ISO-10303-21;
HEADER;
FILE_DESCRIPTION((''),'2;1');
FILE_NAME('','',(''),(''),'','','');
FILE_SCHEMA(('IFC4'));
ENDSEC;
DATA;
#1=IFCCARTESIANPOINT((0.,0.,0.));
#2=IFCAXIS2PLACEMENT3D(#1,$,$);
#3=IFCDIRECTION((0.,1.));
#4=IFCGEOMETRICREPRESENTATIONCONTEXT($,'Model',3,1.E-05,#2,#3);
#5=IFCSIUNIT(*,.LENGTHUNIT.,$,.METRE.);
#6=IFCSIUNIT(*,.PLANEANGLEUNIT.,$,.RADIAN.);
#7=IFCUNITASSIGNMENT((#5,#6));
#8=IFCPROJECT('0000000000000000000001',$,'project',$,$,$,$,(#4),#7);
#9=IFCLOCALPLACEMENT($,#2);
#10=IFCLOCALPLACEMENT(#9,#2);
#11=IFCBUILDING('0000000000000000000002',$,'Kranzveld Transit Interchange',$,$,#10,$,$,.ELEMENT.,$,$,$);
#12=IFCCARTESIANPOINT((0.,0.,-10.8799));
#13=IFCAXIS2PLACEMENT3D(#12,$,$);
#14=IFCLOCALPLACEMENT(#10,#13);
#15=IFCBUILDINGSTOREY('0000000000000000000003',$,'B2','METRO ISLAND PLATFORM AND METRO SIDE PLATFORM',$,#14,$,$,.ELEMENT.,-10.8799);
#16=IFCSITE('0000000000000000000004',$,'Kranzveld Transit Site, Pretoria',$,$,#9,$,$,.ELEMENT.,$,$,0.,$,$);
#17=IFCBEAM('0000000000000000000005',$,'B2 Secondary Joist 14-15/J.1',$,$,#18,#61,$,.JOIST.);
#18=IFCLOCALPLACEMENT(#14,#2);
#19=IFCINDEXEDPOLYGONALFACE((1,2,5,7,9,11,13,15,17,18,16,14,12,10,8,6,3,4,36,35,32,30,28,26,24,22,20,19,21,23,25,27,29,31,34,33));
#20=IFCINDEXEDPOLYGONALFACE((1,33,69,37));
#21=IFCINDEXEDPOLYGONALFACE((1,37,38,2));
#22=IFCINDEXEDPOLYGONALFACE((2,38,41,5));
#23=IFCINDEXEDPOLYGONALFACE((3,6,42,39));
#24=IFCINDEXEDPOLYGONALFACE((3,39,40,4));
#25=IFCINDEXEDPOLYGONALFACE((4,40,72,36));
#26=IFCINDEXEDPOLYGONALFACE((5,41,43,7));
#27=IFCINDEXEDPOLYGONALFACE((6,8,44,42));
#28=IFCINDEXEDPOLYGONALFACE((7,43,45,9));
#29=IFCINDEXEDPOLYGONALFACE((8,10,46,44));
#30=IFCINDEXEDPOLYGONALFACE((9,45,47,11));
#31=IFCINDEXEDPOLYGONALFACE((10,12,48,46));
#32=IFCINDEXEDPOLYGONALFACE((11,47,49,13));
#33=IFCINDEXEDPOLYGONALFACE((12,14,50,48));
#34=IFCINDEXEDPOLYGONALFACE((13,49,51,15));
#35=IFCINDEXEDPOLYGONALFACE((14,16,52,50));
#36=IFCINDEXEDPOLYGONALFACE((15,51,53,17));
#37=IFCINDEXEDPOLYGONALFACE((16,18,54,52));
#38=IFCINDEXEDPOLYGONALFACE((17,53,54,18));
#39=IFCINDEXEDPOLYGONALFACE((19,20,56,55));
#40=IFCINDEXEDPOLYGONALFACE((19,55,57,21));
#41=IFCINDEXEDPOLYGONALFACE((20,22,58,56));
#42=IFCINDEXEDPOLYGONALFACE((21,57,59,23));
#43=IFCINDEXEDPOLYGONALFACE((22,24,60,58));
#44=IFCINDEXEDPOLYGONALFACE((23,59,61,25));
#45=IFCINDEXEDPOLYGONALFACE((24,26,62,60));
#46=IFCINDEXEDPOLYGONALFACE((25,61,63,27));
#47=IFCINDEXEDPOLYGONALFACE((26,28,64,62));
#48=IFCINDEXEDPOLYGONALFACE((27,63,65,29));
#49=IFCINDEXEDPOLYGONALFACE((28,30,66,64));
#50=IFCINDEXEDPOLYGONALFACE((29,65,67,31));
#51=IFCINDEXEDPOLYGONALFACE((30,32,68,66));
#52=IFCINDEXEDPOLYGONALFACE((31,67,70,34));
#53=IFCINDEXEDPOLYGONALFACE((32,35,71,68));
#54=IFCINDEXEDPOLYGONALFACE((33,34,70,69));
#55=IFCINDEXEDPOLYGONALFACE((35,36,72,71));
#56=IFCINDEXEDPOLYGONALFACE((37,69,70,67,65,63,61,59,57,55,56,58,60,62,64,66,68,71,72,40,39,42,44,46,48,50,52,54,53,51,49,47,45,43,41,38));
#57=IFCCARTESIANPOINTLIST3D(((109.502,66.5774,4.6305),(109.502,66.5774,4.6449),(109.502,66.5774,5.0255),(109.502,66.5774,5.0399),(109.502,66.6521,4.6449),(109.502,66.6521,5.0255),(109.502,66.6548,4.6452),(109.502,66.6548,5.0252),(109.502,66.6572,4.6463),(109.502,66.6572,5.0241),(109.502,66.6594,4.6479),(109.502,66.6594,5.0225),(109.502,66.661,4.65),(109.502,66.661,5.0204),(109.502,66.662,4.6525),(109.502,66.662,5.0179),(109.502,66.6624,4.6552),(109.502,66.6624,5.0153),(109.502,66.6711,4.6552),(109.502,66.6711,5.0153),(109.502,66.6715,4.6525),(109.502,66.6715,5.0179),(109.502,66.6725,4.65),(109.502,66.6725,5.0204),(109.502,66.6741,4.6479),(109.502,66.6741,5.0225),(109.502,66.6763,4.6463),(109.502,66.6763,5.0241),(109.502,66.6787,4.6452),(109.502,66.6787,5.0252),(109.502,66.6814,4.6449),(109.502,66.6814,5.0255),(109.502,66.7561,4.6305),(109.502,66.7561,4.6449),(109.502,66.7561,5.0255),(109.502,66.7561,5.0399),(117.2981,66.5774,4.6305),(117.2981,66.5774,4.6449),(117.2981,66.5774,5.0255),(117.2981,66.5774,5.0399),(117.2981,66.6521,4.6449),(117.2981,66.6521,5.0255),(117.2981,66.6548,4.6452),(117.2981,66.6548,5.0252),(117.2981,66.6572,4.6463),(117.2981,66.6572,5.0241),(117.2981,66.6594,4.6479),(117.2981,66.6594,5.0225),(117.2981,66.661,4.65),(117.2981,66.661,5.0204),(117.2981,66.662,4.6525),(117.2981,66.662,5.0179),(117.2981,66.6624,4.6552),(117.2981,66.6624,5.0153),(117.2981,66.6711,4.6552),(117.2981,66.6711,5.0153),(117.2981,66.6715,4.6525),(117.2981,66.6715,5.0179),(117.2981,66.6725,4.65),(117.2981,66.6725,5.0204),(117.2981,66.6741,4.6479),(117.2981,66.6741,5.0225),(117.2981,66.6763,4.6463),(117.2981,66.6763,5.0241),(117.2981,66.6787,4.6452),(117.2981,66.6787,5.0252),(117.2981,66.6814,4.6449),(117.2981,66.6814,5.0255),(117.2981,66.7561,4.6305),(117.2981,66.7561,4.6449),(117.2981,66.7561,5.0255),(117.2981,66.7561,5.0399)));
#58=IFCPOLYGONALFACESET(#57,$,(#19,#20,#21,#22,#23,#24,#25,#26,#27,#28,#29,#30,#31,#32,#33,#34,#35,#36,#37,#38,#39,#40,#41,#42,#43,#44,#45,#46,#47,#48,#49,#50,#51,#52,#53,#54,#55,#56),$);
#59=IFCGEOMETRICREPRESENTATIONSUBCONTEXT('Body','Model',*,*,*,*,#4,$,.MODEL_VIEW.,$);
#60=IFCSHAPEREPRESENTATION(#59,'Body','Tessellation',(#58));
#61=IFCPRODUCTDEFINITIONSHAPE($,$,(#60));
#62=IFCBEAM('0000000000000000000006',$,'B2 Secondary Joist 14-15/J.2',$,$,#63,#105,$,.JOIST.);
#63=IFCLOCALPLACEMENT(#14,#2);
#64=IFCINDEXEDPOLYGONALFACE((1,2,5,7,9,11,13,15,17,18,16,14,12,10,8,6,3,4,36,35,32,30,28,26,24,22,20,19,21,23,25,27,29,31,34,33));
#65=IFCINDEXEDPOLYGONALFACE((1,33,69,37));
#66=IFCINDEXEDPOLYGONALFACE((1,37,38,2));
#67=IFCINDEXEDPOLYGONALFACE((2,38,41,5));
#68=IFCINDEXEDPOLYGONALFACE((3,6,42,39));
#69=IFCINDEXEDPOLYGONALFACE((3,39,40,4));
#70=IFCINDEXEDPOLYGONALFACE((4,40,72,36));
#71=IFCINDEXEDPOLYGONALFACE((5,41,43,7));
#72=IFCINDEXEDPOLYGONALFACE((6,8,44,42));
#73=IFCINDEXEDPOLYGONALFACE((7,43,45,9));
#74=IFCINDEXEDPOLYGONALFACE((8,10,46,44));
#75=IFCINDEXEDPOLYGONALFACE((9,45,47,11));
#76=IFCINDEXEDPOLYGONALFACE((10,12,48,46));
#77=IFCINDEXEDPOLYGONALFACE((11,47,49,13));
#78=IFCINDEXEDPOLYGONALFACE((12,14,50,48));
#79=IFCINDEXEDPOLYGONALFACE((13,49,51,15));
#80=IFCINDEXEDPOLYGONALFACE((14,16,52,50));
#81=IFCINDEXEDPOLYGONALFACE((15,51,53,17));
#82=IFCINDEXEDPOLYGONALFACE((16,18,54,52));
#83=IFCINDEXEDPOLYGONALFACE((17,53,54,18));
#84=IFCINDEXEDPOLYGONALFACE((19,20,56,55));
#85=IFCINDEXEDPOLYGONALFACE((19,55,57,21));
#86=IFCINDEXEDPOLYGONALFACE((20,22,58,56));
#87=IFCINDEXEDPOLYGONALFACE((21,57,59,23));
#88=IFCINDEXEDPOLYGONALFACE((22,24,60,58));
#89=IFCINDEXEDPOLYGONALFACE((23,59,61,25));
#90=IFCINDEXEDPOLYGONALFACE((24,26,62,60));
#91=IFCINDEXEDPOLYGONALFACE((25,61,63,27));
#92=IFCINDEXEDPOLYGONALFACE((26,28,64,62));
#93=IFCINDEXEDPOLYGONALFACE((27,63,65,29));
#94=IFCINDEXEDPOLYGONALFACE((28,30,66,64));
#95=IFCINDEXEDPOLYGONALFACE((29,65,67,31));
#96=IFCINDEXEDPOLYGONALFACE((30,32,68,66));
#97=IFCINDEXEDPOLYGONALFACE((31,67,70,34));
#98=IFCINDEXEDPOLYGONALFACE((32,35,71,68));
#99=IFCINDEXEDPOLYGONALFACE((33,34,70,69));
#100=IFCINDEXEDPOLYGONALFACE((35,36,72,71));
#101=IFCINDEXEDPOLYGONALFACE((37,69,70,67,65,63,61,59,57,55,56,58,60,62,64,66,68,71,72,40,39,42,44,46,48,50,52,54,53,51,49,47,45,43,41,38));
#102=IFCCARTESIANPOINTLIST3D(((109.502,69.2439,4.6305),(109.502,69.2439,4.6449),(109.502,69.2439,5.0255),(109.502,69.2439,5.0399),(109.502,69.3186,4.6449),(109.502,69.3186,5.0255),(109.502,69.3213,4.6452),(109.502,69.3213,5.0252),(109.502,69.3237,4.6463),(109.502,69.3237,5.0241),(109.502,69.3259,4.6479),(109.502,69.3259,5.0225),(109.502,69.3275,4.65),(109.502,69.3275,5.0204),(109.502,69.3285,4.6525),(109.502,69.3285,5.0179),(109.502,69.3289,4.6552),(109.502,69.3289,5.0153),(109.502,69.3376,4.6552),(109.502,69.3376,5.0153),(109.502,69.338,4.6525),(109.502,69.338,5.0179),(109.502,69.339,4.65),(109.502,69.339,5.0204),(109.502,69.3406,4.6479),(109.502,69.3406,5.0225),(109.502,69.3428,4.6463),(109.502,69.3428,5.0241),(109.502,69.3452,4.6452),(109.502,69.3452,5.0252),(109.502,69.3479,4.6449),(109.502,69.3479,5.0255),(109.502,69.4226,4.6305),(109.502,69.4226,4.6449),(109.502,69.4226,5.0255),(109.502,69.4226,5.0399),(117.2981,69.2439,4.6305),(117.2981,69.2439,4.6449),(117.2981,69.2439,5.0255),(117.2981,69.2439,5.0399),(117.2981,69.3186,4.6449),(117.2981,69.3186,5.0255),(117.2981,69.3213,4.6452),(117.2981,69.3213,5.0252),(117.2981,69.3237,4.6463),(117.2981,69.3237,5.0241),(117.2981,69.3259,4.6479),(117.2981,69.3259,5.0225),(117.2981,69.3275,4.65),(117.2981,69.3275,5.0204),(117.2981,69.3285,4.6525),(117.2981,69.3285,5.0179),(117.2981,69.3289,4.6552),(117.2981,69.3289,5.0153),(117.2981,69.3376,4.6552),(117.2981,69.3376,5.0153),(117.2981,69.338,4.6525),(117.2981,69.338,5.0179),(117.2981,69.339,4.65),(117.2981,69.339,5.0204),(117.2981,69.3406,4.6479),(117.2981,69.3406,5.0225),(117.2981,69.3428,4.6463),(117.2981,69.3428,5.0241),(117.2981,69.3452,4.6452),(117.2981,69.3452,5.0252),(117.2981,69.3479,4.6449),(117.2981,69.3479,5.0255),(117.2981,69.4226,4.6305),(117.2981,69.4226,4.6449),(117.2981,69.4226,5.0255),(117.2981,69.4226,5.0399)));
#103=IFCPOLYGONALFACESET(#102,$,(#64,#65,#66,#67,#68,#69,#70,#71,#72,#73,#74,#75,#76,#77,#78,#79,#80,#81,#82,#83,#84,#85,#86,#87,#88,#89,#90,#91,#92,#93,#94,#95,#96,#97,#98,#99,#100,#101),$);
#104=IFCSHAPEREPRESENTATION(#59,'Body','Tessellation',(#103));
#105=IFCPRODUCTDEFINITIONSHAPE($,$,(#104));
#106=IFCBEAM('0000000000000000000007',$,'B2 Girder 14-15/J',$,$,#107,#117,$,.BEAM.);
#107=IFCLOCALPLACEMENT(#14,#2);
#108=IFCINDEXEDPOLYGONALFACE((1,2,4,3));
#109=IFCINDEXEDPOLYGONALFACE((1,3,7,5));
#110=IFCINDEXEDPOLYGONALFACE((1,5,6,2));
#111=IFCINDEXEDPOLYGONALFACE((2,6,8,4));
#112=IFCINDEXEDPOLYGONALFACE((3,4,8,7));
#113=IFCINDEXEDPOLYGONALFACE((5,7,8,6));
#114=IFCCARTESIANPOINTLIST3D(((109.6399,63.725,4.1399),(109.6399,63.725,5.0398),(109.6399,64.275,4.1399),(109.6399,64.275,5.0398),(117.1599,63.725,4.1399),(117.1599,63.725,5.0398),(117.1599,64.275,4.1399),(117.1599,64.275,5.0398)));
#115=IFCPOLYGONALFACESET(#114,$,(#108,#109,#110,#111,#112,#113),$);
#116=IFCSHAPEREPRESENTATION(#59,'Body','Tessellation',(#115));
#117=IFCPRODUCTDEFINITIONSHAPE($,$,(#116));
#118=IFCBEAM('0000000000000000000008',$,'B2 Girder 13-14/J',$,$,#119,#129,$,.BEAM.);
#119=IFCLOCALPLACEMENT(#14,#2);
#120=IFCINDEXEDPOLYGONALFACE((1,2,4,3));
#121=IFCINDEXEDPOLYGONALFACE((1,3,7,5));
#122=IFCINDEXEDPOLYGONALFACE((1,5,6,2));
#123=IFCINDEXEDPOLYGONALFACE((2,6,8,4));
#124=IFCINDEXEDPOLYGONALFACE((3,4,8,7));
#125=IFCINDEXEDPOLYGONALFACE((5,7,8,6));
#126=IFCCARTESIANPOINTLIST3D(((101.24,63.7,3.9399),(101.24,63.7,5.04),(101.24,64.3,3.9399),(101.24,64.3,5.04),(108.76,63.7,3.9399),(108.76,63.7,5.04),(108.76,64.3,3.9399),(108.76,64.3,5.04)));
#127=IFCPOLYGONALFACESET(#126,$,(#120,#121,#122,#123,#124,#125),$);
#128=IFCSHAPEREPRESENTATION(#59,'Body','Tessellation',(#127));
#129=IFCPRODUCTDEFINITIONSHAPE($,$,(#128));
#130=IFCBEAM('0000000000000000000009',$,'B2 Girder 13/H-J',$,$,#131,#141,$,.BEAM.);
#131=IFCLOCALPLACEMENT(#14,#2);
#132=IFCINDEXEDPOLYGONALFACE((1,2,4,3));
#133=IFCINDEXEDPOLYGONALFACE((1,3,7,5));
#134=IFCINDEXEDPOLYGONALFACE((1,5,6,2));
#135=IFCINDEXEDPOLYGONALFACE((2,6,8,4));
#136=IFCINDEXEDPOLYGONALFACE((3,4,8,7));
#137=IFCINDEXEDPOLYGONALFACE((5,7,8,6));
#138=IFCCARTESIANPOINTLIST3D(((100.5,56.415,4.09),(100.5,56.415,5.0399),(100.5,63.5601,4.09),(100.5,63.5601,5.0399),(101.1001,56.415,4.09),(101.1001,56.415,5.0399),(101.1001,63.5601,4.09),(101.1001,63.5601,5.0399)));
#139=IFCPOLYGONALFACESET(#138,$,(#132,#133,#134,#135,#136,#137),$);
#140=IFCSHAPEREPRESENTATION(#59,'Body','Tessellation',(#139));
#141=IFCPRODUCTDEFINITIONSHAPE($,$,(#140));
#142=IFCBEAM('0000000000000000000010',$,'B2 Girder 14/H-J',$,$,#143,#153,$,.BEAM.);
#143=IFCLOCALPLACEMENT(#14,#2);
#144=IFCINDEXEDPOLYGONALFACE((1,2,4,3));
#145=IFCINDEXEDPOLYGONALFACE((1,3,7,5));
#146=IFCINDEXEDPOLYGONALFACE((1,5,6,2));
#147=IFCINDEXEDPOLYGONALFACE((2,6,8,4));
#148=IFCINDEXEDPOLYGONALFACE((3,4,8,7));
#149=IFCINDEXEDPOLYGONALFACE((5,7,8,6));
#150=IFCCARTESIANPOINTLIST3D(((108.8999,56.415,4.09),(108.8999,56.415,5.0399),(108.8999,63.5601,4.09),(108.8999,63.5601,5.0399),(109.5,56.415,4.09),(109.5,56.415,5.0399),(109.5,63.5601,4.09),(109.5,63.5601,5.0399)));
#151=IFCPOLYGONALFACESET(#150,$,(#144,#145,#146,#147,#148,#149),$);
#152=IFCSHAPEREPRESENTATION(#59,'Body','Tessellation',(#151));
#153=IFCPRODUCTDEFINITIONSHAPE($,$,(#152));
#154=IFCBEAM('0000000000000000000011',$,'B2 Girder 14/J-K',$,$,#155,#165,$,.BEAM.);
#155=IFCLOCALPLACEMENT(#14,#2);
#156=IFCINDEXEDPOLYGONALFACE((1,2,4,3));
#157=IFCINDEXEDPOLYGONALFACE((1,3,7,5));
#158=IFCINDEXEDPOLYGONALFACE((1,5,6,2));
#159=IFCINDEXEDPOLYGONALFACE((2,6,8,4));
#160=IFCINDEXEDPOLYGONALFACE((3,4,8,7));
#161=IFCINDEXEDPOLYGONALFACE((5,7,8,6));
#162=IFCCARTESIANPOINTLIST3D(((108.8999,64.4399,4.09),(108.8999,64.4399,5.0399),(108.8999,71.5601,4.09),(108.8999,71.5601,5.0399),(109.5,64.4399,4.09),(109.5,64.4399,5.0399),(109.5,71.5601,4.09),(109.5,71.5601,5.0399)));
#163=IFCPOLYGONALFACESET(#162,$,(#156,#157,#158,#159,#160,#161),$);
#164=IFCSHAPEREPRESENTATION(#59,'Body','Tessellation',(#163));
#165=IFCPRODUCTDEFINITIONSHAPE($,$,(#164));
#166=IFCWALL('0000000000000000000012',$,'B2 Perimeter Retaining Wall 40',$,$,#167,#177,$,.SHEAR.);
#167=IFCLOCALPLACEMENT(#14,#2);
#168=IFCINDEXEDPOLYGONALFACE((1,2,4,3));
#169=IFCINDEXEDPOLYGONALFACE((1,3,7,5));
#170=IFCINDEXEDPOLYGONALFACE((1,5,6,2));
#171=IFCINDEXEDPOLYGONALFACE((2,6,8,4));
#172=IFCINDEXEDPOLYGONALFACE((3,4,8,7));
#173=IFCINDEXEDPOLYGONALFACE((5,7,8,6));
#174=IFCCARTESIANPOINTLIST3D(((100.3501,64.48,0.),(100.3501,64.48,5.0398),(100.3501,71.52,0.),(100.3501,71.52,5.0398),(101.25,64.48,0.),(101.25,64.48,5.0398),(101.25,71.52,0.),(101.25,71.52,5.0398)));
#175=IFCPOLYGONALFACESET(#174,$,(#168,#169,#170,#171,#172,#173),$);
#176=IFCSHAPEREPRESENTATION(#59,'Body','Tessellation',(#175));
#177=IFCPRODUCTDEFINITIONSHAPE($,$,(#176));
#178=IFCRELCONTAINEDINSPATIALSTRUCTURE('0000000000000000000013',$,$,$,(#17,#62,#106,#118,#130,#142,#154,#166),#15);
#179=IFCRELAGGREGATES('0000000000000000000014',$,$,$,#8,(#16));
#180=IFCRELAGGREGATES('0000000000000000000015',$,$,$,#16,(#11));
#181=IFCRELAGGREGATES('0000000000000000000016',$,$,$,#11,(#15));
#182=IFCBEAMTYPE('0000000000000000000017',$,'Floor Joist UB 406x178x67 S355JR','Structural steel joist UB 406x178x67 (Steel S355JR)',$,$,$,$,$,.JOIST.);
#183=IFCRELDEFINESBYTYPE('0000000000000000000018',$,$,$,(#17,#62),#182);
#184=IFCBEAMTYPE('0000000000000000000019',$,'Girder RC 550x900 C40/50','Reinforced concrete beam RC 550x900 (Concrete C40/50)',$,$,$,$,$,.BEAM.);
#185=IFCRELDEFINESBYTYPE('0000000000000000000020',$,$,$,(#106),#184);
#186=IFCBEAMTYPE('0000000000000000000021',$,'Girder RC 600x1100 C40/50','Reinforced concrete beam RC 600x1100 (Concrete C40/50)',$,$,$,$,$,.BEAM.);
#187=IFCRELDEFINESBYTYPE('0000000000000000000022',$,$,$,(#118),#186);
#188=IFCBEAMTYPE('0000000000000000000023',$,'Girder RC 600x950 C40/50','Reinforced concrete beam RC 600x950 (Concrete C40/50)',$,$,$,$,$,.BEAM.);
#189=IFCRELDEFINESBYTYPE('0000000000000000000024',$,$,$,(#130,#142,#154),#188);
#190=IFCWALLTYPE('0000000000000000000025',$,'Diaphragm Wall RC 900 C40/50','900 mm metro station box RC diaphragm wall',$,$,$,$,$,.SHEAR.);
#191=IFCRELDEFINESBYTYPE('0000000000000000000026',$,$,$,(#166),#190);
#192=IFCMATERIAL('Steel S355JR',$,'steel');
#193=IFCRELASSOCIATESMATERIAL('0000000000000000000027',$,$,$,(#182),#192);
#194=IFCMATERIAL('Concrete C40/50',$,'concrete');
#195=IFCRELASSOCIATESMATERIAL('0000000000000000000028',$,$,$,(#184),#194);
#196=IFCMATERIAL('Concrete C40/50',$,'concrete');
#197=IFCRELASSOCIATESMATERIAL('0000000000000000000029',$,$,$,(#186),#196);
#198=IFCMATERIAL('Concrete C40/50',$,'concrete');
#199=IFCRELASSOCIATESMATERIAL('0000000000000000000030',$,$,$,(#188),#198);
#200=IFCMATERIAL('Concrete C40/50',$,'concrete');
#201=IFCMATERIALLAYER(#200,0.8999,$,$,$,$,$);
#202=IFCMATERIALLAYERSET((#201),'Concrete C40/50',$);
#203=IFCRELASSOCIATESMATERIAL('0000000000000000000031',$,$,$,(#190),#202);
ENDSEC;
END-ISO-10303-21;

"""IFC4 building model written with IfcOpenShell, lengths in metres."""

from ifc_helpers import new_model, si_unit, direction, frame, frame_2d, origin, origin_2d, place, context, subcontext, project, spatial, rectangle, i_section, extrude, material, layer, layer_set, material_profile, profile_set, type_object, element, save


model = new_model("IFC4")

# Units and contexts
model_context = context("Model", 3, precision=1e-05, world=origin(), true_north=direction((0.0, 1.0)))
body_context = subcontext(model_context, "Body", "Model", "MODEL_VIEW")
ifc_project = project(units=[si_unit("LENGTHUNIT", "METRE"), si_unit("PLANEANGLEUNIT", "RADIAN")], contexts=[model_context])

# Site, building, storey
site_placement = place(None, origin())
site = spatial("IfcSite", under=ifc_project, at=site_placement, Name="Kranzveld Transit Site, Pretoria", CompositionType="ELEMENT", RefElevation=0.0)
building_placement = place(site_placement, origin())
building = spatial("IfcBuilding", under=site, at=building_placement, Name="Kranzveld Transit Interchange", CompositionType="ELEMENT")
storey_placement = place(building_placement, frame((0.0, 0.0, -10.8799)))
storey = spatial("IfcBuildingStorey", under=building, at=storey_placement, Name="B2", Description="METRO ISLAND PLATFORM AND METRO SIDE PLATFORM", CompositionType="ELEMENT", Elevation=-10.8799)

# Beams
ifc_material_1 = material(Name="Steel S355JR", Category="steel")
ifc_material_profile_1 = material_profile(ifc_material_1, i_section(OverallWidth=0.1787, OverallDepth=0.4094, WebThickness=0.0088, FlangeThickness=0.0144, FilletRadius=0.0103, at=origin_2d()), Name="UB 406x178x67")
ifc_profile_set_1 = profile_set([ifc_material_profile_1], Name="Steel S355JR")
beam_type_1 = type_object("IfcBeamType", Name="Floor Joist UB 406x178x67 S355JR", Description="Structural steel joist UB 406x178x67 (Steel S355JR)", PredefinedType="JOIST", material=ifc_profile_set_1)
for number, where, z_axis, x_axis, name in (
    (1, (109.502, 66.6667, 4.8352), (1.0, 0.0, 0.0), (0.0, 1.0, 0.0), "B2 Secondary Joist 14-15/J.1"),
    (2, (109.502, 69.3333, 4.8352), (1.0, 0.0, 0.0), (0.0, 1.0, 0.0), "B2 Secondary Joist 14-15/J.2"),
):
    element("IfcBeam", number, at=place(storey_placement, frame(where, z_axis=z_axis, x_axis=x_axis)), inside=storey, type_object=beam_type_1, Name=name, PredefinedType="JOIST", context=body_context, shape_type="SweptSolid", body=[
        extrude(i_section(OverallWidth=0.1787, OverallDepth=0.4094, WebThickness=0.0088, FlangeThickness=0.0144, FilletRadius=0.0103, at=origin_2d()), origin(), (0.0, 0.0, 1.0), 7.7961),
    ])
ifc_material_2 = material(Name="Concrete C40/50", Category="concrete")
ifc_material_profile_2 = material_profile(ifc_material_2, rectangle(XDim=0.55, YDim=0.8999, at=origin_2d()), Name="RC 550x900")
ifc_profile_set_2 = profile_set([ifc_material_profile_2], Name="Concrete C40/50")
beam_type_2 = type_object("IfcBeamType", Name="Girder RC 550x900 C40/50", Description="Reinforced concrete beam RC 550x900 (Concrete C40/50)", PredefinedType="BEAM", material=ifc_profile_set_2)
beam_1_placement = place(storey_placement, frame((109.6399, 64.0, 4.5898), z_axis=(1.0, 0.0, 0.0), x_axis=(0.0, 1.0, 0.0)))
element("IfcBeam", 3, at=beam_1_placement, inside=storey, type_object=beam_type_2, Name="B2 Girder 14-15/J", PredefinedType="BEAM", context=body_context, shape_type="SweptSolid", body=[
    extrude(rectangle(XDim=0.55, YDim=0.8999, at=origin_2d()), origin(), (0.0, 0.0, 1.0), 7.52),
])
ifc_material_3 = material(Name="Concrete C40/50", Category="concrete")
ifc_material_profile_3 = material_profile(ifc_material_3, rectangle(XDim=0.6001, YDim=1.1001, at=origin_2d()), Name="RC 600x1100")
ifc_profile_set_3 = profile_set([ifc_material_profile_3], Name="Concrete C40/50")
beam_type_3 = type_object("IfcBeamType", Name="Girder RC 600x1100 C40/50", Description="Reinforced concrete beam RC 600x1100 (Concrete C40/50)", PredefinedType="BEAM", material=ifc_profile_set_3)
beam_2_placement = place(storey_placement, frame((101.24, 64.0, 4.49), z_axis=(1.0, 0.0, 0.0), x_axis=(0.0, 1.0, 0.0)))
element("IfcBeam", 4, at=beam_2_placement, inside=storey, type_object=beam_type_3, Name="B2 Girder 13-14/J", PredefinedType="BEAM", context=body_context, shape_type="SweptSolid", body=[
    extrude(rectangle(XDim=0.6001, YDim=1.1001, at=origin_2d()), origin(), (0.0, 0.0, 1.0), 7.52),
])
ifc_material_4 = material(Name="Concrete C40/50", Category="concrete")
ifc_material_profile_4 = material_profile(ifc_material_4, rectangle(XDim=0.6001, YDim=0.95, at=origin_2d()), Name="RC 600x950")
ifc_profile_set_4 = profile_set([ifc_material_profile_4], Name="Concrete C40/50")
beam_type_4 = type_object("IfcBeamType", Name="Girder RC 600x950 C40/50", Description="Reinforced concrete beam RC 600x950 (Concrete C40/50)", PredefinedType="BEAM", material=ifc_profile_set_4)
for number, where, z_axis, x_axis, name in (
    (5, (100.8, 56.415, 4.5649), (0.0, 1.0, 0.0), (-1.0, 0.0, 0.0), "B2 Girder 13/H-J"),
    (6, (109.2, 56.415, 4.5649), (0.0, 1.0, 0.0), (-1.0, 0.0, 0.0), "B2 Girder 14/H-J"),
):
    element("IfcBeam", number, at=place(storey_placement, frame(where, z_axis=z_axis, x_axis=x_axis)), inside=storey, type_object=beam_type_4, Name=name, PredefinedType="BEAM", context=body_context, shape_type="SweptSolid", body=[
        extrude(rectangle(XDim=0.6001, YDim=0.95, at=origin_2d()), origin(), (0.0, 0.0, 1.0), 7.145),
    ])
beam_3_placement = place(storey_placement, frame((109.2, 64.4399, 4.5649), z_axis=(0.0, 1.0, 0.0), x_axis=(-1.0, 0.0, 0.0)))
element("IfcBeam", 7, at=beam_3_placement, inside=storey, type_object=beam_type_4, Name="B2 Girder 14/J-K", PredefinedType="BEAM", context=body_context, shape_type="SweptSolid", body=[
    extrude(rectangle(XDim=0.6001, YDim=0.95, at=origin_2d()), origin(), (0.0, 0.0, 1.0), 7.1201),
])

# Wall
ifc_material_5 = material(Name="Concrete C40/50", Category="concrete")
ifc_layer = layer(ifc_material_5, 0.8999)
ifc_layer_set = layer_set([ifc_layer], Name="Concrete C40/50")
wall_type = type_object("IfcWallType", Name="Diaphragm Wall RC 900 C40/50", Description="900 mm metro station box RC diaphragm wall", PredefinedType="SHEAR", material=ifc_layer_set)
wall_placement = place(storey_placement, frame((100.8, 64.48, 0.0), z_axis=(0.0, 0.0, 1.0), x_axis=(0.0, 1.0, 0.0)))
element("IfcWall", 8, at=wall_placement, inside=storey, type_object=wall_type, Name="B2 Perimeter Retaining Wall 40", PredefinedType="SHEAR", context=body_context, shape_type="SweptSolid", body=[
    extrude(rectangle(XDim=7.04, YDim=0.8999, at=frame_2d((3.52, 0.0))), origin(), (0.0, 0.0, 1.0), 5.0398),
])

save(model, "model.ifc")
